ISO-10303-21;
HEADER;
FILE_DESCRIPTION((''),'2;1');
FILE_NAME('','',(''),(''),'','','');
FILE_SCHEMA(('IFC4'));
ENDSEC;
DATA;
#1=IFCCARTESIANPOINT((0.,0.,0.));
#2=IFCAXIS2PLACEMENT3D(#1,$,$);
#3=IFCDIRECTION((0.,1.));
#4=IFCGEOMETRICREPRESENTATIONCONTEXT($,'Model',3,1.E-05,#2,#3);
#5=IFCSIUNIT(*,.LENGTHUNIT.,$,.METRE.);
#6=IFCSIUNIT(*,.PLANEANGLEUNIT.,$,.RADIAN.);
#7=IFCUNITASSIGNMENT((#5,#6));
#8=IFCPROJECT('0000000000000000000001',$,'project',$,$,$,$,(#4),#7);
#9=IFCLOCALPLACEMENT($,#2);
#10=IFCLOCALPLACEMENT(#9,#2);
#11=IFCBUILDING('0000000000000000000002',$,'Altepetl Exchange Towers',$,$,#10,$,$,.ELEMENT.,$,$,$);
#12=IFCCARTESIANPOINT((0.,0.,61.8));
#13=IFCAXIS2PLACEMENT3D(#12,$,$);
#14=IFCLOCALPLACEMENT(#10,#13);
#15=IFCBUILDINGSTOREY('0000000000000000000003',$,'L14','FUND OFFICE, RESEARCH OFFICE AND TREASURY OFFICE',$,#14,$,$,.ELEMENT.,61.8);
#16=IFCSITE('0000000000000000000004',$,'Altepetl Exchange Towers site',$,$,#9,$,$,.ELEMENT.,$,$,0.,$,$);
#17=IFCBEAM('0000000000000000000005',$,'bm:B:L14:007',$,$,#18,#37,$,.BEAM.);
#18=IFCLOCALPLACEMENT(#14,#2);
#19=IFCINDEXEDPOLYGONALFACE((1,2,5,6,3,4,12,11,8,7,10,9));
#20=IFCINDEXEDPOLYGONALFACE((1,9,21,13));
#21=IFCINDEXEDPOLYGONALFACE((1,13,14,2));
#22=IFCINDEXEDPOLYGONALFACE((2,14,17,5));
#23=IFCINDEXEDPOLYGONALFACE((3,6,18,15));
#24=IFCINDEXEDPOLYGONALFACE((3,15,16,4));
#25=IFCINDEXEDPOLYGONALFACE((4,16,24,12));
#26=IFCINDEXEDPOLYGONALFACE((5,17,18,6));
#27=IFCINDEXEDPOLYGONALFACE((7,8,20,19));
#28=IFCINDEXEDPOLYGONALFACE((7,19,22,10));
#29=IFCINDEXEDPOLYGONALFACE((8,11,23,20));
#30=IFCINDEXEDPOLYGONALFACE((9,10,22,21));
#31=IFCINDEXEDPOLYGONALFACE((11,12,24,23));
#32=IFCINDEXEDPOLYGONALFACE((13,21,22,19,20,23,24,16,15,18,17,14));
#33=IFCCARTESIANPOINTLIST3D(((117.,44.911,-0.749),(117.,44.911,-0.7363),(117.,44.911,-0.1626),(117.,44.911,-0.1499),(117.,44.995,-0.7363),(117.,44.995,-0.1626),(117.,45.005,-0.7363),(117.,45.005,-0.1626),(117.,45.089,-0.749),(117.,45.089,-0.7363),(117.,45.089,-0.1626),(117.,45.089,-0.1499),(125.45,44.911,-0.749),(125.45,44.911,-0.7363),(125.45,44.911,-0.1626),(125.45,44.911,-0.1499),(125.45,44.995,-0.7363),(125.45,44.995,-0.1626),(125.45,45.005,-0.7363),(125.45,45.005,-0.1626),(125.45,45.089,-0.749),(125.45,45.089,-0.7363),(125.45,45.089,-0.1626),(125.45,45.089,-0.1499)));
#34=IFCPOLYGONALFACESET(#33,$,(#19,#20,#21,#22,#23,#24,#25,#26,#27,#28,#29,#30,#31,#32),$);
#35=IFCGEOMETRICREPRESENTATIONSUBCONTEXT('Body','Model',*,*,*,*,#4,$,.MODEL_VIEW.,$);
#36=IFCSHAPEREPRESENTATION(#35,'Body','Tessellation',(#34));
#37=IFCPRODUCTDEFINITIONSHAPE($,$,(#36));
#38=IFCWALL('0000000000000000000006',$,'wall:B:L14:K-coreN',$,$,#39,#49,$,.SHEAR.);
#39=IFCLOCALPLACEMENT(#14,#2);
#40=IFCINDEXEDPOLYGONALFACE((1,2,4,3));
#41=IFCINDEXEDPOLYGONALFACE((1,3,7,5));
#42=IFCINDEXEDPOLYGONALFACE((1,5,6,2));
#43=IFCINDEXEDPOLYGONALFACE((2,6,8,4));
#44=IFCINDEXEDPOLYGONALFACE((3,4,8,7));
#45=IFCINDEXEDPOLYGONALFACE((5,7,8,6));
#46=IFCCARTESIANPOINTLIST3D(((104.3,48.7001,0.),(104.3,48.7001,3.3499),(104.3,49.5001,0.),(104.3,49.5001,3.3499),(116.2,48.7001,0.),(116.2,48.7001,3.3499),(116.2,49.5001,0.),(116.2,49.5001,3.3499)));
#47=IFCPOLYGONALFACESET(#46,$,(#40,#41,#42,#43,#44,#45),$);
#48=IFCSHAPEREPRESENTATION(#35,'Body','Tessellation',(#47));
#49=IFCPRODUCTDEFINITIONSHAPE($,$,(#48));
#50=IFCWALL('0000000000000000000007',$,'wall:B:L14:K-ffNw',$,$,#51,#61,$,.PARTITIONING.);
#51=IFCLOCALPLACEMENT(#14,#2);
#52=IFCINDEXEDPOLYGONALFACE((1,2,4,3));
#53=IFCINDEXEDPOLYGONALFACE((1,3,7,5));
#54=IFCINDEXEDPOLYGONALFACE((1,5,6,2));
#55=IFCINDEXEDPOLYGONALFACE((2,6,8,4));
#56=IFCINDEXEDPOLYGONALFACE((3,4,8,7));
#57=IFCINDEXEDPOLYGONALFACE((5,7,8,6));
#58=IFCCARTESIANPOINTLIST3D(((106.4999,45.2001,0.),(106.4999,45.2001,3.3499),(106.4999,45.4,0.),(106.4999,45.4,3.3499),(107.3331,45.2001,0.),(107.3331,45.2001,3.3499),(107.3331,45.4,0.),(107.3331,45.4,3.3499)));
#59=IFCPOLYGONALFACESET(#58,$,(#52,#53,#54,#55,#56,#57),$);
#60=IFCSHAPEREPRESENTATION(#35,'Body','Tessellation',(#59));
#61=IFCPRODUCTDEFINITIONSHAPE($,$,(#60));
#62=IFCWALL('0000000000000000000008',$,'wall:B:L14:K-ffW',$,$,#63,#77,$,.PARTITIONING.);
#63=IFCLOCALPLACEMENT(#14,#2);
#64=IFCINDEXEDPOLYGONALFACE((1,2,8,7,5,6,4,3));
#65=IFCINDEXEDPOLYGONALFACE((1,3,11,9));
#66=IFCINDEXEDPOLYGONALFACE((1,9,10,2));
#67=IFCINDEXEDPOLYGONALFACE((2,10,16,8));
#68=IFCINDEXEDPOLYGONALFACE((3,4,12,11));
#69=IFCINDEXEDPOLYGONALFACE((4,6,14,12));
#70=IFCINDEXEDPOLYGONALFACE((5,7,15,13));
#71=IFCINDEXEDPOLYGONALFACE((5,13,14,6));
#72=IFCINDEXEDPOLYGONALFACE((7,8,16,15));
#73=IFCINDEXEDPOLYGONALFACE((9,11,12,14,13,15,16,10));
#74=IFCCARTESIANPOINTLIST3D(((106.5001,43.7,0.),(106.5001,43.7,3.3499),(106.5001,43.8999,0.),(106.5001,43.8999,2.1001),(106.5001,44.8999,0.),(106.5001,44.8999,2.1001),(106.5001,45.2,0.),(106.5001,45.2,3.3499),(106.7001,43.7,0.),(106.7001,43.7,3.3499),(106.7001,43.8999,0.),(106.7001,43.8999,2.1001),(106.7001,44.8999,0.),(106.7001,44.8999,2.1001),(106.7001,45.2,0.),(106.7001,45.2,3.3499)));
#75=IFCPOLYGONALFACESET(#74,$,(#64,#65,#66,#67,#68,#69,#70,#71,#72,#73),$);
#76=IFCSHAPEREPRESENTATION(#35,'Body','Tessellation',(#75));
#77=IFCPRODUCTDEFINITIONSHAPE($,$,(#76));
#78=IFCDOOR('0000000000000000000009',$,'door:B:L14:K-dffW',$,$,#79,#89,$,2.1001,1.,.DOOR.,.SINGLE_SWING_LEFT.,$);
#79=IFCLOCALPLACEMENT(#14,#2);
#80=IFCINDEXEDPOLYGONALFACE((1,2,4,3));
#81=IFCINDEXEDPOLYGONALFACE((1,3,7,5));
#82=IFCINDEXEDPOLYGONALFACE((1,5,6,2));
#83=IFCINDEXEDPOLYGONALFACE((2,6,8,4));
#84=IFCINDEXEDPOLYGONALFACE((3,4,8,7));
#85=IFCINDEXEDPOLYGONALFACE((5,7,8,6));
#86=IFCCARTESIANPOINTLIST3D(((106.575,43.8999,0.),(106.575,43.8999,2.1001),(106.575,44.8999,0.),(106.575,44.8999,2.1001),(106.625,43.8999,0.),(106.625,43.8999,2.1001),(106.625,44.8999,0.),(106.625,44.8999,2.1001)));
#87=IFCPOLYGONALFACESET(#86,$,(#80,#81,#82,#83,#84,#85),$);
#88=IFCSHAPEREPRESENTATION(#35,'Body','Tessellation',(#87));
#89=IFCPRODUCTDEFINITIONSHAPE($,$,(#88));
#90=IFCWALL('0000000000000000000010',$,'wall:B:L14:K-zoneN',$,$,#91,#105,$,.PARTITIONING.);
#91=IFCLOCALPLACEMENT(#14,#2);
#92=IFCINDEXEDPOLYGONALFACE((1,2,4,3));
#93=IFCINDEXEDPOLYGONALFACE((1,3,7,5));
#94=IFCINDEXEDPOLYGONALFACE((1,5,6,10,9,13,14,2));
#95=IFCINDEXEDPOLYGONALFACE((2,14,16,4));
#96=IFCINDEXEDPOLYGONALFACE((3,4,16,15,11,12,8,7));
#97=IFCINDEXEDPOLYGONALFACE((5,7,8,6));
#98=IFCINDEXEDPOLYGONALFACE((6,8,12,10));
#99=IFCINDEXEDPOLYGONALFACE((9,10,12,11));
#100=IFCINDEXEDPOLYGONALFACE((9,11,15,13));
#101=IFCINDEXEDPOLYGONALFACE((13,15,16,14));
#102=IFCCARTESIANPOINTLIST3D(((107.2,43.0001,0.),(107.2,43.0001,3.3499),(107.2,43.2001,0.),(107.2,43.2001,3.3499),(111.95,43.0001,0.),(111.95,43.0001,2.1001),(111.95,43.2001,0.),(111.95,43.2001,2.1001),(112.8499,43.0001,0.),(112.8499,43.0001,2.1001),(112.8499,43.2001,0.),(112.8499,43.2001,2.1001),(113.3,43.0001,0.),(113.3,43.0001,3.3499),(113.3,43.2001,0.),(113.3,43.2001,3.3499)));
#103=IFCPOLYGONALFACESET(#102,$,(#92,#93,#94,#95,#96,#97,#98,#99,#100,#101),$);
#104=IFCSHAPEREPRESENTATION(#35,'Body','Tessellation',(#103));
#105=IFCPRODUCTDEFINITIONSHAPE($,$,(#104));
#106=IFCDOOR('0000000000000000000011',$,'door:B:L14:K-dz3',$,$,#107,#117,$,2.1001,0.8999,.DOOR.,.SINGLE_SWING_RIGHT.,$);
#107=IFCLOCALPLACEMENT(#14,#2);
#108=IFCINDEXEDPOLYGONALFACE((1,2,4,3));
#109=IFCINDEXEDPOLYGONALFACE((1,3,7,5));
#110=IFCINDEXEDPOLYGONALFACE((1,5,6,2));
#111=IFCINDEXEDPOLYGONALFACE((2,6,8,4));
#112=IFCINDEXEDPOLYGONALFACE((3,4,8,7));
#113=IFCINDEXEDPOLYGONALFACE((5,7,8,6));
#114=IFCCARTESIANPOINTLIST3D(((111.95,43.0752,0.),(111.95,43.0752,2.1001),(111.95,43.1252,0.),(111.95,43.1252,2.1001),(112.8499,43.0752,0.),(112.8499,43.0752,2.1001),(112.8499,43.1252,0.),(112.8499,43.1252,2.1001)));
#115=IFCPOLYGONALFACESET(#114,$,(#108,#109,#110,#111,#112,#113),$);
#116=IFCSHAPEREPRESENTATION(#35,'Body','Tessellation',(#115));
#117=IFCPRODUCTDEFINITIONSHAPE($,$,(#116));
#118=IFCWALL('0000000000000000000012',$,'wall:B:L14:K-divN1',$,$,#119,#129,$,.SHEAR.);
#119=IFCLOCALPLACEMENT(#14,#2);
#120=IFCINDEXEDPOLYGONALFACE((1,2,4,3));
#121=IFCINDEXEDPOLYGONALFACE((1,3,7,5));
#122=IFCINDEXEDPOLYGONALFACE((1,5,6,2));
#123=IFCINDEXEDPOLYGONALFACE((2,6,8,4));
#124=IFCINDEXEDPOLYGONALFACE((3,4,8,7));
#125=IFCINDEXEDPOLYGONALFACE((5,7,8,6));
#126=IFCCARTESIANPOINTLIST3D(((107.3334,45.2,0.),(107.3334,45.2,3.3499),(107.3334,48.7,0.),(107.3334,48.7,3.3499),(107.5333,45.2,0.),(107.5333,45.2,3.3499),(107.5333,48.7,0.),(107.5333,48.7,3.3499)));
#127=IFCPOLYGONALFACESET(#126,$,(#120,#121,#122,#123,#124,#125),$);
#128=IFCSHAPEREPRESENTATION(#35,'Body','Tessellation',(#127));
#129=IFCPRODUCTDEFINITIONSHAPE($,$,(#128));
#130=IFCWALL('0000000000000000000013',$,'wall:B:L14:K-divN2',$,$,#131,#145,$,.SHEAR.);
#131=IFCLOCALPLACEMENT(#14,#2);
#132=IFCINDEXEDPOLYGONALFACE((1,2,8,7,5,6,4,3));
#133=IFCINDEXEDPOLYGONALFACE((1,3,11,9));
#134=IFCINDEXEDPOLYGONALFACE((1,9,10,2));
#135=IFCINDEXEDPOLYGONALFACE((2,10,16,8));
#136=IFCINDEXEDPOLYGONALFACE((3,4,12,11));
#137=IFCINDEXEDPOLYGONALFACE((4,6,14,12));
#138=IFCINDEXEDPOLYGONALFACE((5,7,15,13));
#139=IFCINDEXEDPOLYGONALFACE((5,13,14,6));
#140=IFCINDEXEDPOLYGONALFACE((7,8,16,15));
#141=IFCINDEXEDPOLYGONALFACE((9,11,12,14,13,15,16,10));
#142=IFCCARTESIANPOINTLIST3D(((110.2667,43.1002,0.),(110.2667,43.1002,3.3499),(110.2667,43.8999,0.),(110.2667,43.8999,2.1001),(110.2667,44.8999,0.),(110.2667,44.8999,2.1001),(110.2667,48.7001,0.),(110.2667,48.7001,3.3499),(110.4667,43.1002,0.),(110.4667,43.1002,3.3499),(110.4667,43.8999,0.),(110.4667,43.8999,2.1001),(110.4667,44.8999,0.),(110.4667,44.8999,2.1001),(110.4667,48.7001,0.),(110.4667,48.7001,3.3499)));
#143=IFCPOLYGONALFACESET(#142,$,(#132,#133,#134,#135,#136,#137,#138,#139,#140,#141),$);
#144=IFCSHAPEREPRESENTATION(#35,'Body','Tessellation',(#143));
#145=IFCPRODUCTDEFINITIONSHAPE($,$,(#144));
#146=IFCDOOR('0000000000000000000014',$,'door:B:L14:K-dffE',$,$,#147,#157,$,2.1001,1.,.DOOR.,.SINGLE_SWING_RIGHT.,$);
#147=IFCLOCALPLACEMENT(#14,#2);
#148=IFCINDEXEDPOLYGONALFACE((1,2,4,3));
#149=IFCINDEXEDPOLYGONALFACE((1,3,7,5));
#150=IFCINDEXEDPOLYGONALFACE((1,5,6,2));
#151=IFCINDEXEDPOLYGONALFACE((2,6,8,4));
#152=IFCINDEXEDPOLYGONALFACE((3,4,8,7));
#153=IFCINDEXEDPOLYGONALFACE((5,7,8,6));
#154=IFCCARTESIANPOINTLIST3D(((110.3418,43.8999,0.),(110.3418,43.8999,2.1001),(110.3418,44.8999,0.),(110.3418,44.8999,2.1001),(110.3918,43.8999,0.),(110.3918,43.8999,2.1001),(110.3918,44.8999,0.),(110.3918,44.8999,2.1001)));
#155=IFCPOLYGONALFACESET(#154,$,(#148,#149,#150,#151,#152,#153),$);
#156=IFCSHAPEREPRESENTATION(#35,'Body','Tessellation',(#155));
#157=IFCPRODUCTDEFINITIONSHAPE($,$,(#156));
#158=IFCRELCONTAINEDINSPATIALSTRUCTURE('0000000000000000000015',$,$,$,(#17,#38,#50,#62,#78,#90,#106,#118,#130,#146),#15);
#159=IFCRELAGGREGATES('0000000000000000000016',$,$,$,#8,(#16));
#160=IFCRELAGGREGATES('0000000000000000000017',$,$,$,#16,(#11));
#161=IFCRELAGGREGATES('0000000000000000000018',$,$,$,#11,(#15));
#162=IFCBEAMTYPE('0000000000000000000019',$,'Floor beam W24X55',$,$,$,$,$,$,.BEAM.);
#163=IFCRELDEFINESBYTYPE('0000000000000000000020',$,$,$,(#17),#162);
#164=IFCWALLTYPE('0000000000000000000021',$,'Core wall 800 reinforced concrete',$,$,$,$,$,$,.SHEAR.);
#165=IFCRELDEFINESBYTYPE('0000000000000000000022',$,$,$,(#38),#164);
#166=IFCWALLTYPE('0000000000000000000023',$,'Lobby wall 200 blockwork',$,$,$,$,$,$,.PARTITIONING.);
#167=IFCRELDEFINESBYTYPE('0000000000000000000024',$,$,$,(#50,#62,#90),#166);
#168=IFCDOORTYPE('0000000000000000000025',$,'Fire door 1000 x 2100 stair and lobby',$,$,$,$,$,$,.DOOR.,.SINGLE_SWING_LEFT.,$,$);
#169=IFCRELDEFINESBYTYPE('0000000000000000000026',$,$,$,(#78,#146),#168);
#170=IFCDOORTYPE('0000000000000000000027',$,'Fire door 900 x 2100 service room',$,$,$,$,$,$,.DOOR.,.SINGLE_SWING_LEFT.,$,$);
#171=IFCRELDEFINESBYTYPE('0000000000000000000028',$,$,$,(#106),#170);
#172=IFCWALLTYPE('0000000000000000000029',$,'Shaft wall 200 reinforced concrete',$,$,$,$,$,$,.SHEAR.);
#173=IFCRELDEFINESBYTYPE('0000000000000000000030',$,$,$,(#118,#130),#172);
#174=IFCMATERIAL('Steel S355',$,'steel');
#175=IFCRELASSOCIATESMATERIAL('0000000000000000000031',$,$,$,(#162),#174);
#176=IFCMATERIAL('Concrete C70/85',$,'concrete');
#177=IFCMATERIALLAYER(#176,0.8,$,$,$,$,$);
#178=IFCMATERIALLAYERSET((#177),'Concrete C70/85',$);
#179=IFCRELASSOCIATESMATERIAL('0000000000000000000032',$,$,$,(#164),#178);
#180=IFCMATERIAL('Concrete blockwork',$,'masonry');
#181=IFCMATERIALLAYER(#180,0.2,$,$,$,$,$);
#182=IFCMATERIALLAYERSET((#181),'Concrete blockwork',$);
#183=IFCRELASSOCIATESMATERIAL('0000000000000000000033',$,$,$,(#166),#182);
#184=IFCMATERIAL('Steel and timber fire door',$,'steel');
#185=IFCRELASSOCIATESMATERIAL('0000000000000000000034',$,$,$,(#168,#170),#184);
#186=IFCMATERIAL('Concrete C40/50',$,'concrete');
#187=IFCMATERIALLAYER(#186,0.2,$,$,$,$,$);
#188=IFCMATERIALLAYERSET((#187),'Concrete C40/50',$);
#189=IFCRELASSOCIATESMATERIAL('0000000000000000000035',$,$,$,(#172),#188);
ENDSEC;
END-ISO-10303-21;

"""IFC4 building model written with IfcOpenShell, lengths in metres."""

from ifc_helpers import new_model, si_unit, direction, frame, frame_2d, origin, origin_2d, place, context, subcontext, project, spatial, rectangle, i_section, extrude, material, layer, layer_set, material_profile, profile_set, type_object, element, fill, save


model = new_model("IFC4")

# Units and contexts
model_context = context("Model", 3, precision=1e-05, world=origin(), true_north=direction((0.0, 1.0)))
body_context = subcontext(model_context, "Body", "Model", "MODEL_VIEW")
ifc_project = project(units=[si_unit("LENGTHUNIT", "METRE"), si_unit("PLANEANGLEUNIT", "RADIAN")], contexts=[model_context])

# Site, building, storey
site_placement = place(None, origin())
site = spatial("IfcSite", under=ifc_project, at=site_placement, Name="Altepetl Exchange Towers site", CompositionType="ELEMENT", RefElevation=0.0)
building_placement = place(site_placement, origin())
building = spatial("IfcBuilding", under=site, at=building_placement, Name="Altepetl Exchange Towers", CompositionType="ELEMENT")
storey_placement = place(building_placement, frame((0.0, 0.0, 61.8)))
storey = spatial("IfcBuildingStorey", under=building, at=storey_placement, Name="L14", Description="FUND OFFICE, RESEARCH OFFICE AND TREASURY OFFICE", CompositionType="ELEMENT", Elevation=61.8)

# Beam
ifc_material_1 = material(Name="Steel S355", Category="steel")
ifc_material_profile = material_profile(ifc_material_1, i_section(OverallWidth=0.178, OverallDepth=0.5991, WebThickness=0.01, FlangeThickness=0.0127, at=origin_2d()), Name="W24X55")
ifc_profile_set = profile_set([ifc_material_profile], Name="Steel S355")
beam_type = type_object("IfcBeamType", Name="Floor beam W24X55", PredefinedType="BEAM", material=ifc_profile_set)
beam_placement = place(storey_placement, frame((117.0, 45.0, -0.4495), z_axis=(1.0, 0.0, 0.0), x_axis=(0.0, 1.0, 0.0)))
element("IfcBeam", 1, at=beam_placement, inside=storey, type_object=beam_type, Name="bm:B:L14:007", PredefinedType="BEAM", context=body_context, shape_type="SweptSolid", body=[
    extrude(i_section(OverallWidth=0.178, OverallDepth=0.5991, WebThickness=0.01, FlangeThickness=0.0127, at=origin_2d()), origin(), (0.0, 0.0, 1.0), 8.45),
])

# Walls
ifc_material_2 = material(Name="Concrete C70/85", Category="concrete")
ifc_layer_1 = layer(ifc_material_2, 0.8)
ifc_layer_set_1 = layer_set([ifc_layer_1], Name="Concrete C70/85")
wall_type_1 = type_object("IfcWallType", Name="Core wall 800 reinforced concrete", PredefinedType="SHEAR", material=ifc_layer_set_1)
wall_1_placement = place(storey_placement, frame((104.3, 49.1001, 0.0)))
element("IfcWall", 2, at=wall_1_placement, inside=storey, type_object=wall_type_1, Name="wall:B:L14:K-coreN", PredefinedType="SHEAR", context=body_context, shape_type="SweptSolid", body=[
    extrude(rectangle(XDim=11.8999, YDim=0.8, at=frame_2d((5.95, 0.0))), origin(), (0.0, 0.0, 1.0), 3.3499),
])
ifc_material_3 = material(Name="Concrete blockwork", Category="masonry")
ifc_layer_2 = layer(ifc_material_3, 0.2)
ifc_layer_set_2 = layer_set([ifc_layer_2], Name="Concrete blockwork")
wall_type_2 = type_object("IfcWallType", Name="Lobby wall 200 blockwork", PredefinedType="PARTITIONING", material=ifc_layer_set_2)
wall_2_placement = place(storey_placement, frame((106.5, 45.3, 0.0)))
element("IfcWall", 3, at=wall_2_placement, inside=storey, type_object=wall_type_2, Name="wall:B:L14:K-ffNw", PredefinedType="PARTITIONING", context=body_context, shape_type="SweptSolid", body=[
    extrude(rectangle(XDim=0.8333, YDim=0.2, at=frame_2d((0.4165, 0.0))), origin(), (0.0, 0.0, 1.0), 3.3499),
])

# Walls, openings, doors
wall_3_placement = place(storey_placement, frame((106.6001, 43.7, 0.0), z_axis=(0.0, 0.0, 1.0), x_axis=(0.0, 1.0, 0.0)))
wall_3 = element("IfcWall", 4, at=wall_3_placement, inside=storey, type_object=wall_type_2, Name="wall:B:L14:K-ffW", PredefinedType="PARTITIONING", context=body_context, shape_type="SweptSolid", body=[
    extrude(rectangle(XDim=1.5, YDim=0.2, at=frame_2d((0.75, 0.0))), origin(), (0.0, 0.0, 1.0), 3.3499),
])
opening_1_placement = place(wall_3_placement, frame((0.2, 0.0, 0.0)))
opening_1 = element("IfcOpeningElement", 5, at=opening_1_placement, cuts=wall_3, PredefinedType="OPENING", context=body_context, shape_type="SweptSolid", body=[
    extrude(rectangle(XDim=1.0, YDim=2.1001, at=frame_2d((0.5, 1.05))), frame((0.0, 0.1099, 0.0), z_axis=(0.0, -1.0, 0.0), x_axis=(1.0, 0.0, 0.0)), (0.0, 0.0, 1.0), 0.22),
])
ifc_material_4 = material(Name="Steel and timber fire door", Category="steel")
door_type_1 = type_object("IfcDoorType", Name="Fire door 1000 x 2100 stair and lobby", OperationType="SINGLE_SWING_LEFT", PredefinedType="DOOR", material=ifc_material_4)
door_1_placement = place(opening_1_placement, frame((1.0, 0.0, 0.0), x_axis=(-1.0, 0.0, 0.0)))
door_1 = element("IfcDoor", 6, at=door_1_placement, inside=storey, type_object=door_type_1, Name="door:B:L14:K-dffW", OperationType="SINGLE_SWING_LEFT", OverallHeight=2.1001, OverallWidth=1.0, PredefinedType="DOOR", context=body_context, shape_type="SweptSolid", body=[
    extrude(rectangle(XDim=1.0, YDim=2.1001, at=frame_2d((0.5, 1.05))), frame((0.0, 0.0249, 0.0), z_axis=(0.0, -1.0, 0.0), x_axis=(1.0, 0.0, 0.0)), (0.0, 0.0, 1.0), 0.05),
])
fill(opening_1, door_1)
wall_4_placement = place(storey_placement, frame((107.2, 43.1001, 0.0)))
wall_4 = element("IfcWall", 7, at=wall_4_placement, inside=storey, type_object=wall_type_2, Name="wall:B:L14:K-zoneN", PredefinedType="PARTITIONING", context=body_context, shape_type="SweptSolid", body=[
    extrude(rectangle(XDim=6.1001, YDim=0.2, at=frame_2d((3.05, 0.0))), origin(), (0.0, 0.0, 1.0), 3.3499),
])
opening_2_placement = place(wall_4_placement, frame((4.75, 0.0, 0.0)))
opening_2 = element("IfcOpeningElement", 8, at=opening_2_placement, cuts=wall_4, PredefinedType="OPENING", context=body_context, shape_type="SweptSolid", body=[
    extrude(rectangle(XDim=0.8999, YDim=2.1001, at=frame_2d((0.45, 1.05))), frame((0.0, 0.1099, 0.0), z_axis=(0.0, -1.0, 0.0), x_axis=(1.0, 0.0, 0.0)), (0.0, 0.0, 1.0), 0.22),
])
door_type_2 = type_object("IfcDoorType", Name="Fire door 900 x 2100 service room", OperationType="SINGLE_SWING_LEFT", PredefinedType="DOOR", material=ifc_material_4)
door_2_placement = place(opening_2_placement, frame((0.8999, 0.0, 0.0), x_axis=(-1.0, 0.0, 0.0)))
door_2 = element("IfcDoor", 9, at=door_2_placement, inside=storey, type_object=door_type_2, Name="door:B:L14:K-dz3", OperationType="SINGLE_SWING_RIGHT", OverallHeight=2.1001, OverallWidth=0.8999, PredefinedType="DOOR", context=body_context, shape_type="SweptSolid", body=[
    extrude(rectangle(XDim=0.8999, YDim=2.1001, at=frame_2d((0.45, 1.05))), frame((0.0, 0.0249, 0.0), z_axis=(0.0, -1.0, 0.0), x_axis=(1.0, 0.0, 0.0)), (0.0, 0.0, 1.0), 0.05),
])
fill(opening_2, door_2)

# Wall
ifc_material_5 = material(Name="Concrete C40/50", Category="concrete")
ifc_layer_3 = layer(ifc_material_5, 0.2)
ifc_layer_set_3 = layer_set([ifc_layer_3], Name="Concrete C40/50")
wall_type_3 = type_object("IfcWallType", Name="Shaft wall 200 reinforced concrete", PredefinedType="SHEAR", material=ifc_layer_set_3)
wall_5_placement = place(storey_placement, frame((107.4333, 48.7, 0.0), z_axis=(0.0, 0.0, 1.0), x_axis=(0.0, -1.0, 0.0)))
element("IfcWall", 10, at=wall_5_placement, inside=storey, type_object=wall_type_3, Name="wall:B:L14:K-divN1", PredefinedType="SHEAR", context=body_context, shape_type="SweptSolid", body=[
    extrude(rectangle(XDim=3.5, YDim=0.2, at=frame_2d((1.75, 0.0))), origin(), (0.0, 0.0, 1.0), 3.3499),
])

# Wall, opening, door
wall_6_placement = place(storey_placement, frame((110.3667, 48.7, 0.0), z_axis=(0.0, 0.0, 1.0), x_axis=(0.0, -1.0, 0.0)))
wall_6 = element("IfcWall", 11, at=wall_6_placement, inside=storey, type_object=wall_type_3, Name="wall:B:L14:K-divN2", PredefinedType="SHEAR", context=body_context, shape_type="SweptSolid", body=[
    extrude(rectangle(XDim=5.5999, YDim=0.2, at=frame_2d((2.7998, 0.0))), origin(), (0.0, 0.0, 1.0), 3.3499),
])
opening_3_placement = place(wall_6_placement, frame((3.8, 0.0, 0.0)))
opening_3 = element("IfcOpeningElement", 12, at=opening_3_placement, cuts=wall_6, PredefinedType="OPENING", context=body_context, shape_type="SweptSolid", body=[
    extrude(rectangle(XDim=1.0, YDim=2.1001, at=frame_2d((0.5, 1.05))), frame((0.0, 0.1099, 0.0), z_axis=(0.0, -1.0, 0.0), x_axis=(1.0, 0.0, 0.0)), (0.0, 0.0, 1.0), 0.22),
])
door_3_placement = place(opening_3_placement, frame((1.0, 0.0, 0.0), x_axis=(-1.0, 0.0, 0.0)))
door_3 = element("IfcDoor", 13, at=door_3_placement, inside=storey, type_object=door_type_1, Name="door:B:L14:K-dffE", OperationType="SINGLE_SWING_RIGHT", OverallHeight=2.1001, OverallWidth=1.0, PredefinedType="DOOR", context=body_context, shape_type="SweptSolid", body=[
    extrude(rectangle(XDim=1.0, YDim=2.1001, at=frame_2d((0.5, 1.05))), frame((0.0, 0.0249, 0.0), z_axis=(0.0, -1.0, 0.0), x_axis=(1.0, 0.0, 0.0)), (0.0, 0.0, 1.0), 0.05),
])
fill(opening_3, door_3)

save(model, "model.ifc")
